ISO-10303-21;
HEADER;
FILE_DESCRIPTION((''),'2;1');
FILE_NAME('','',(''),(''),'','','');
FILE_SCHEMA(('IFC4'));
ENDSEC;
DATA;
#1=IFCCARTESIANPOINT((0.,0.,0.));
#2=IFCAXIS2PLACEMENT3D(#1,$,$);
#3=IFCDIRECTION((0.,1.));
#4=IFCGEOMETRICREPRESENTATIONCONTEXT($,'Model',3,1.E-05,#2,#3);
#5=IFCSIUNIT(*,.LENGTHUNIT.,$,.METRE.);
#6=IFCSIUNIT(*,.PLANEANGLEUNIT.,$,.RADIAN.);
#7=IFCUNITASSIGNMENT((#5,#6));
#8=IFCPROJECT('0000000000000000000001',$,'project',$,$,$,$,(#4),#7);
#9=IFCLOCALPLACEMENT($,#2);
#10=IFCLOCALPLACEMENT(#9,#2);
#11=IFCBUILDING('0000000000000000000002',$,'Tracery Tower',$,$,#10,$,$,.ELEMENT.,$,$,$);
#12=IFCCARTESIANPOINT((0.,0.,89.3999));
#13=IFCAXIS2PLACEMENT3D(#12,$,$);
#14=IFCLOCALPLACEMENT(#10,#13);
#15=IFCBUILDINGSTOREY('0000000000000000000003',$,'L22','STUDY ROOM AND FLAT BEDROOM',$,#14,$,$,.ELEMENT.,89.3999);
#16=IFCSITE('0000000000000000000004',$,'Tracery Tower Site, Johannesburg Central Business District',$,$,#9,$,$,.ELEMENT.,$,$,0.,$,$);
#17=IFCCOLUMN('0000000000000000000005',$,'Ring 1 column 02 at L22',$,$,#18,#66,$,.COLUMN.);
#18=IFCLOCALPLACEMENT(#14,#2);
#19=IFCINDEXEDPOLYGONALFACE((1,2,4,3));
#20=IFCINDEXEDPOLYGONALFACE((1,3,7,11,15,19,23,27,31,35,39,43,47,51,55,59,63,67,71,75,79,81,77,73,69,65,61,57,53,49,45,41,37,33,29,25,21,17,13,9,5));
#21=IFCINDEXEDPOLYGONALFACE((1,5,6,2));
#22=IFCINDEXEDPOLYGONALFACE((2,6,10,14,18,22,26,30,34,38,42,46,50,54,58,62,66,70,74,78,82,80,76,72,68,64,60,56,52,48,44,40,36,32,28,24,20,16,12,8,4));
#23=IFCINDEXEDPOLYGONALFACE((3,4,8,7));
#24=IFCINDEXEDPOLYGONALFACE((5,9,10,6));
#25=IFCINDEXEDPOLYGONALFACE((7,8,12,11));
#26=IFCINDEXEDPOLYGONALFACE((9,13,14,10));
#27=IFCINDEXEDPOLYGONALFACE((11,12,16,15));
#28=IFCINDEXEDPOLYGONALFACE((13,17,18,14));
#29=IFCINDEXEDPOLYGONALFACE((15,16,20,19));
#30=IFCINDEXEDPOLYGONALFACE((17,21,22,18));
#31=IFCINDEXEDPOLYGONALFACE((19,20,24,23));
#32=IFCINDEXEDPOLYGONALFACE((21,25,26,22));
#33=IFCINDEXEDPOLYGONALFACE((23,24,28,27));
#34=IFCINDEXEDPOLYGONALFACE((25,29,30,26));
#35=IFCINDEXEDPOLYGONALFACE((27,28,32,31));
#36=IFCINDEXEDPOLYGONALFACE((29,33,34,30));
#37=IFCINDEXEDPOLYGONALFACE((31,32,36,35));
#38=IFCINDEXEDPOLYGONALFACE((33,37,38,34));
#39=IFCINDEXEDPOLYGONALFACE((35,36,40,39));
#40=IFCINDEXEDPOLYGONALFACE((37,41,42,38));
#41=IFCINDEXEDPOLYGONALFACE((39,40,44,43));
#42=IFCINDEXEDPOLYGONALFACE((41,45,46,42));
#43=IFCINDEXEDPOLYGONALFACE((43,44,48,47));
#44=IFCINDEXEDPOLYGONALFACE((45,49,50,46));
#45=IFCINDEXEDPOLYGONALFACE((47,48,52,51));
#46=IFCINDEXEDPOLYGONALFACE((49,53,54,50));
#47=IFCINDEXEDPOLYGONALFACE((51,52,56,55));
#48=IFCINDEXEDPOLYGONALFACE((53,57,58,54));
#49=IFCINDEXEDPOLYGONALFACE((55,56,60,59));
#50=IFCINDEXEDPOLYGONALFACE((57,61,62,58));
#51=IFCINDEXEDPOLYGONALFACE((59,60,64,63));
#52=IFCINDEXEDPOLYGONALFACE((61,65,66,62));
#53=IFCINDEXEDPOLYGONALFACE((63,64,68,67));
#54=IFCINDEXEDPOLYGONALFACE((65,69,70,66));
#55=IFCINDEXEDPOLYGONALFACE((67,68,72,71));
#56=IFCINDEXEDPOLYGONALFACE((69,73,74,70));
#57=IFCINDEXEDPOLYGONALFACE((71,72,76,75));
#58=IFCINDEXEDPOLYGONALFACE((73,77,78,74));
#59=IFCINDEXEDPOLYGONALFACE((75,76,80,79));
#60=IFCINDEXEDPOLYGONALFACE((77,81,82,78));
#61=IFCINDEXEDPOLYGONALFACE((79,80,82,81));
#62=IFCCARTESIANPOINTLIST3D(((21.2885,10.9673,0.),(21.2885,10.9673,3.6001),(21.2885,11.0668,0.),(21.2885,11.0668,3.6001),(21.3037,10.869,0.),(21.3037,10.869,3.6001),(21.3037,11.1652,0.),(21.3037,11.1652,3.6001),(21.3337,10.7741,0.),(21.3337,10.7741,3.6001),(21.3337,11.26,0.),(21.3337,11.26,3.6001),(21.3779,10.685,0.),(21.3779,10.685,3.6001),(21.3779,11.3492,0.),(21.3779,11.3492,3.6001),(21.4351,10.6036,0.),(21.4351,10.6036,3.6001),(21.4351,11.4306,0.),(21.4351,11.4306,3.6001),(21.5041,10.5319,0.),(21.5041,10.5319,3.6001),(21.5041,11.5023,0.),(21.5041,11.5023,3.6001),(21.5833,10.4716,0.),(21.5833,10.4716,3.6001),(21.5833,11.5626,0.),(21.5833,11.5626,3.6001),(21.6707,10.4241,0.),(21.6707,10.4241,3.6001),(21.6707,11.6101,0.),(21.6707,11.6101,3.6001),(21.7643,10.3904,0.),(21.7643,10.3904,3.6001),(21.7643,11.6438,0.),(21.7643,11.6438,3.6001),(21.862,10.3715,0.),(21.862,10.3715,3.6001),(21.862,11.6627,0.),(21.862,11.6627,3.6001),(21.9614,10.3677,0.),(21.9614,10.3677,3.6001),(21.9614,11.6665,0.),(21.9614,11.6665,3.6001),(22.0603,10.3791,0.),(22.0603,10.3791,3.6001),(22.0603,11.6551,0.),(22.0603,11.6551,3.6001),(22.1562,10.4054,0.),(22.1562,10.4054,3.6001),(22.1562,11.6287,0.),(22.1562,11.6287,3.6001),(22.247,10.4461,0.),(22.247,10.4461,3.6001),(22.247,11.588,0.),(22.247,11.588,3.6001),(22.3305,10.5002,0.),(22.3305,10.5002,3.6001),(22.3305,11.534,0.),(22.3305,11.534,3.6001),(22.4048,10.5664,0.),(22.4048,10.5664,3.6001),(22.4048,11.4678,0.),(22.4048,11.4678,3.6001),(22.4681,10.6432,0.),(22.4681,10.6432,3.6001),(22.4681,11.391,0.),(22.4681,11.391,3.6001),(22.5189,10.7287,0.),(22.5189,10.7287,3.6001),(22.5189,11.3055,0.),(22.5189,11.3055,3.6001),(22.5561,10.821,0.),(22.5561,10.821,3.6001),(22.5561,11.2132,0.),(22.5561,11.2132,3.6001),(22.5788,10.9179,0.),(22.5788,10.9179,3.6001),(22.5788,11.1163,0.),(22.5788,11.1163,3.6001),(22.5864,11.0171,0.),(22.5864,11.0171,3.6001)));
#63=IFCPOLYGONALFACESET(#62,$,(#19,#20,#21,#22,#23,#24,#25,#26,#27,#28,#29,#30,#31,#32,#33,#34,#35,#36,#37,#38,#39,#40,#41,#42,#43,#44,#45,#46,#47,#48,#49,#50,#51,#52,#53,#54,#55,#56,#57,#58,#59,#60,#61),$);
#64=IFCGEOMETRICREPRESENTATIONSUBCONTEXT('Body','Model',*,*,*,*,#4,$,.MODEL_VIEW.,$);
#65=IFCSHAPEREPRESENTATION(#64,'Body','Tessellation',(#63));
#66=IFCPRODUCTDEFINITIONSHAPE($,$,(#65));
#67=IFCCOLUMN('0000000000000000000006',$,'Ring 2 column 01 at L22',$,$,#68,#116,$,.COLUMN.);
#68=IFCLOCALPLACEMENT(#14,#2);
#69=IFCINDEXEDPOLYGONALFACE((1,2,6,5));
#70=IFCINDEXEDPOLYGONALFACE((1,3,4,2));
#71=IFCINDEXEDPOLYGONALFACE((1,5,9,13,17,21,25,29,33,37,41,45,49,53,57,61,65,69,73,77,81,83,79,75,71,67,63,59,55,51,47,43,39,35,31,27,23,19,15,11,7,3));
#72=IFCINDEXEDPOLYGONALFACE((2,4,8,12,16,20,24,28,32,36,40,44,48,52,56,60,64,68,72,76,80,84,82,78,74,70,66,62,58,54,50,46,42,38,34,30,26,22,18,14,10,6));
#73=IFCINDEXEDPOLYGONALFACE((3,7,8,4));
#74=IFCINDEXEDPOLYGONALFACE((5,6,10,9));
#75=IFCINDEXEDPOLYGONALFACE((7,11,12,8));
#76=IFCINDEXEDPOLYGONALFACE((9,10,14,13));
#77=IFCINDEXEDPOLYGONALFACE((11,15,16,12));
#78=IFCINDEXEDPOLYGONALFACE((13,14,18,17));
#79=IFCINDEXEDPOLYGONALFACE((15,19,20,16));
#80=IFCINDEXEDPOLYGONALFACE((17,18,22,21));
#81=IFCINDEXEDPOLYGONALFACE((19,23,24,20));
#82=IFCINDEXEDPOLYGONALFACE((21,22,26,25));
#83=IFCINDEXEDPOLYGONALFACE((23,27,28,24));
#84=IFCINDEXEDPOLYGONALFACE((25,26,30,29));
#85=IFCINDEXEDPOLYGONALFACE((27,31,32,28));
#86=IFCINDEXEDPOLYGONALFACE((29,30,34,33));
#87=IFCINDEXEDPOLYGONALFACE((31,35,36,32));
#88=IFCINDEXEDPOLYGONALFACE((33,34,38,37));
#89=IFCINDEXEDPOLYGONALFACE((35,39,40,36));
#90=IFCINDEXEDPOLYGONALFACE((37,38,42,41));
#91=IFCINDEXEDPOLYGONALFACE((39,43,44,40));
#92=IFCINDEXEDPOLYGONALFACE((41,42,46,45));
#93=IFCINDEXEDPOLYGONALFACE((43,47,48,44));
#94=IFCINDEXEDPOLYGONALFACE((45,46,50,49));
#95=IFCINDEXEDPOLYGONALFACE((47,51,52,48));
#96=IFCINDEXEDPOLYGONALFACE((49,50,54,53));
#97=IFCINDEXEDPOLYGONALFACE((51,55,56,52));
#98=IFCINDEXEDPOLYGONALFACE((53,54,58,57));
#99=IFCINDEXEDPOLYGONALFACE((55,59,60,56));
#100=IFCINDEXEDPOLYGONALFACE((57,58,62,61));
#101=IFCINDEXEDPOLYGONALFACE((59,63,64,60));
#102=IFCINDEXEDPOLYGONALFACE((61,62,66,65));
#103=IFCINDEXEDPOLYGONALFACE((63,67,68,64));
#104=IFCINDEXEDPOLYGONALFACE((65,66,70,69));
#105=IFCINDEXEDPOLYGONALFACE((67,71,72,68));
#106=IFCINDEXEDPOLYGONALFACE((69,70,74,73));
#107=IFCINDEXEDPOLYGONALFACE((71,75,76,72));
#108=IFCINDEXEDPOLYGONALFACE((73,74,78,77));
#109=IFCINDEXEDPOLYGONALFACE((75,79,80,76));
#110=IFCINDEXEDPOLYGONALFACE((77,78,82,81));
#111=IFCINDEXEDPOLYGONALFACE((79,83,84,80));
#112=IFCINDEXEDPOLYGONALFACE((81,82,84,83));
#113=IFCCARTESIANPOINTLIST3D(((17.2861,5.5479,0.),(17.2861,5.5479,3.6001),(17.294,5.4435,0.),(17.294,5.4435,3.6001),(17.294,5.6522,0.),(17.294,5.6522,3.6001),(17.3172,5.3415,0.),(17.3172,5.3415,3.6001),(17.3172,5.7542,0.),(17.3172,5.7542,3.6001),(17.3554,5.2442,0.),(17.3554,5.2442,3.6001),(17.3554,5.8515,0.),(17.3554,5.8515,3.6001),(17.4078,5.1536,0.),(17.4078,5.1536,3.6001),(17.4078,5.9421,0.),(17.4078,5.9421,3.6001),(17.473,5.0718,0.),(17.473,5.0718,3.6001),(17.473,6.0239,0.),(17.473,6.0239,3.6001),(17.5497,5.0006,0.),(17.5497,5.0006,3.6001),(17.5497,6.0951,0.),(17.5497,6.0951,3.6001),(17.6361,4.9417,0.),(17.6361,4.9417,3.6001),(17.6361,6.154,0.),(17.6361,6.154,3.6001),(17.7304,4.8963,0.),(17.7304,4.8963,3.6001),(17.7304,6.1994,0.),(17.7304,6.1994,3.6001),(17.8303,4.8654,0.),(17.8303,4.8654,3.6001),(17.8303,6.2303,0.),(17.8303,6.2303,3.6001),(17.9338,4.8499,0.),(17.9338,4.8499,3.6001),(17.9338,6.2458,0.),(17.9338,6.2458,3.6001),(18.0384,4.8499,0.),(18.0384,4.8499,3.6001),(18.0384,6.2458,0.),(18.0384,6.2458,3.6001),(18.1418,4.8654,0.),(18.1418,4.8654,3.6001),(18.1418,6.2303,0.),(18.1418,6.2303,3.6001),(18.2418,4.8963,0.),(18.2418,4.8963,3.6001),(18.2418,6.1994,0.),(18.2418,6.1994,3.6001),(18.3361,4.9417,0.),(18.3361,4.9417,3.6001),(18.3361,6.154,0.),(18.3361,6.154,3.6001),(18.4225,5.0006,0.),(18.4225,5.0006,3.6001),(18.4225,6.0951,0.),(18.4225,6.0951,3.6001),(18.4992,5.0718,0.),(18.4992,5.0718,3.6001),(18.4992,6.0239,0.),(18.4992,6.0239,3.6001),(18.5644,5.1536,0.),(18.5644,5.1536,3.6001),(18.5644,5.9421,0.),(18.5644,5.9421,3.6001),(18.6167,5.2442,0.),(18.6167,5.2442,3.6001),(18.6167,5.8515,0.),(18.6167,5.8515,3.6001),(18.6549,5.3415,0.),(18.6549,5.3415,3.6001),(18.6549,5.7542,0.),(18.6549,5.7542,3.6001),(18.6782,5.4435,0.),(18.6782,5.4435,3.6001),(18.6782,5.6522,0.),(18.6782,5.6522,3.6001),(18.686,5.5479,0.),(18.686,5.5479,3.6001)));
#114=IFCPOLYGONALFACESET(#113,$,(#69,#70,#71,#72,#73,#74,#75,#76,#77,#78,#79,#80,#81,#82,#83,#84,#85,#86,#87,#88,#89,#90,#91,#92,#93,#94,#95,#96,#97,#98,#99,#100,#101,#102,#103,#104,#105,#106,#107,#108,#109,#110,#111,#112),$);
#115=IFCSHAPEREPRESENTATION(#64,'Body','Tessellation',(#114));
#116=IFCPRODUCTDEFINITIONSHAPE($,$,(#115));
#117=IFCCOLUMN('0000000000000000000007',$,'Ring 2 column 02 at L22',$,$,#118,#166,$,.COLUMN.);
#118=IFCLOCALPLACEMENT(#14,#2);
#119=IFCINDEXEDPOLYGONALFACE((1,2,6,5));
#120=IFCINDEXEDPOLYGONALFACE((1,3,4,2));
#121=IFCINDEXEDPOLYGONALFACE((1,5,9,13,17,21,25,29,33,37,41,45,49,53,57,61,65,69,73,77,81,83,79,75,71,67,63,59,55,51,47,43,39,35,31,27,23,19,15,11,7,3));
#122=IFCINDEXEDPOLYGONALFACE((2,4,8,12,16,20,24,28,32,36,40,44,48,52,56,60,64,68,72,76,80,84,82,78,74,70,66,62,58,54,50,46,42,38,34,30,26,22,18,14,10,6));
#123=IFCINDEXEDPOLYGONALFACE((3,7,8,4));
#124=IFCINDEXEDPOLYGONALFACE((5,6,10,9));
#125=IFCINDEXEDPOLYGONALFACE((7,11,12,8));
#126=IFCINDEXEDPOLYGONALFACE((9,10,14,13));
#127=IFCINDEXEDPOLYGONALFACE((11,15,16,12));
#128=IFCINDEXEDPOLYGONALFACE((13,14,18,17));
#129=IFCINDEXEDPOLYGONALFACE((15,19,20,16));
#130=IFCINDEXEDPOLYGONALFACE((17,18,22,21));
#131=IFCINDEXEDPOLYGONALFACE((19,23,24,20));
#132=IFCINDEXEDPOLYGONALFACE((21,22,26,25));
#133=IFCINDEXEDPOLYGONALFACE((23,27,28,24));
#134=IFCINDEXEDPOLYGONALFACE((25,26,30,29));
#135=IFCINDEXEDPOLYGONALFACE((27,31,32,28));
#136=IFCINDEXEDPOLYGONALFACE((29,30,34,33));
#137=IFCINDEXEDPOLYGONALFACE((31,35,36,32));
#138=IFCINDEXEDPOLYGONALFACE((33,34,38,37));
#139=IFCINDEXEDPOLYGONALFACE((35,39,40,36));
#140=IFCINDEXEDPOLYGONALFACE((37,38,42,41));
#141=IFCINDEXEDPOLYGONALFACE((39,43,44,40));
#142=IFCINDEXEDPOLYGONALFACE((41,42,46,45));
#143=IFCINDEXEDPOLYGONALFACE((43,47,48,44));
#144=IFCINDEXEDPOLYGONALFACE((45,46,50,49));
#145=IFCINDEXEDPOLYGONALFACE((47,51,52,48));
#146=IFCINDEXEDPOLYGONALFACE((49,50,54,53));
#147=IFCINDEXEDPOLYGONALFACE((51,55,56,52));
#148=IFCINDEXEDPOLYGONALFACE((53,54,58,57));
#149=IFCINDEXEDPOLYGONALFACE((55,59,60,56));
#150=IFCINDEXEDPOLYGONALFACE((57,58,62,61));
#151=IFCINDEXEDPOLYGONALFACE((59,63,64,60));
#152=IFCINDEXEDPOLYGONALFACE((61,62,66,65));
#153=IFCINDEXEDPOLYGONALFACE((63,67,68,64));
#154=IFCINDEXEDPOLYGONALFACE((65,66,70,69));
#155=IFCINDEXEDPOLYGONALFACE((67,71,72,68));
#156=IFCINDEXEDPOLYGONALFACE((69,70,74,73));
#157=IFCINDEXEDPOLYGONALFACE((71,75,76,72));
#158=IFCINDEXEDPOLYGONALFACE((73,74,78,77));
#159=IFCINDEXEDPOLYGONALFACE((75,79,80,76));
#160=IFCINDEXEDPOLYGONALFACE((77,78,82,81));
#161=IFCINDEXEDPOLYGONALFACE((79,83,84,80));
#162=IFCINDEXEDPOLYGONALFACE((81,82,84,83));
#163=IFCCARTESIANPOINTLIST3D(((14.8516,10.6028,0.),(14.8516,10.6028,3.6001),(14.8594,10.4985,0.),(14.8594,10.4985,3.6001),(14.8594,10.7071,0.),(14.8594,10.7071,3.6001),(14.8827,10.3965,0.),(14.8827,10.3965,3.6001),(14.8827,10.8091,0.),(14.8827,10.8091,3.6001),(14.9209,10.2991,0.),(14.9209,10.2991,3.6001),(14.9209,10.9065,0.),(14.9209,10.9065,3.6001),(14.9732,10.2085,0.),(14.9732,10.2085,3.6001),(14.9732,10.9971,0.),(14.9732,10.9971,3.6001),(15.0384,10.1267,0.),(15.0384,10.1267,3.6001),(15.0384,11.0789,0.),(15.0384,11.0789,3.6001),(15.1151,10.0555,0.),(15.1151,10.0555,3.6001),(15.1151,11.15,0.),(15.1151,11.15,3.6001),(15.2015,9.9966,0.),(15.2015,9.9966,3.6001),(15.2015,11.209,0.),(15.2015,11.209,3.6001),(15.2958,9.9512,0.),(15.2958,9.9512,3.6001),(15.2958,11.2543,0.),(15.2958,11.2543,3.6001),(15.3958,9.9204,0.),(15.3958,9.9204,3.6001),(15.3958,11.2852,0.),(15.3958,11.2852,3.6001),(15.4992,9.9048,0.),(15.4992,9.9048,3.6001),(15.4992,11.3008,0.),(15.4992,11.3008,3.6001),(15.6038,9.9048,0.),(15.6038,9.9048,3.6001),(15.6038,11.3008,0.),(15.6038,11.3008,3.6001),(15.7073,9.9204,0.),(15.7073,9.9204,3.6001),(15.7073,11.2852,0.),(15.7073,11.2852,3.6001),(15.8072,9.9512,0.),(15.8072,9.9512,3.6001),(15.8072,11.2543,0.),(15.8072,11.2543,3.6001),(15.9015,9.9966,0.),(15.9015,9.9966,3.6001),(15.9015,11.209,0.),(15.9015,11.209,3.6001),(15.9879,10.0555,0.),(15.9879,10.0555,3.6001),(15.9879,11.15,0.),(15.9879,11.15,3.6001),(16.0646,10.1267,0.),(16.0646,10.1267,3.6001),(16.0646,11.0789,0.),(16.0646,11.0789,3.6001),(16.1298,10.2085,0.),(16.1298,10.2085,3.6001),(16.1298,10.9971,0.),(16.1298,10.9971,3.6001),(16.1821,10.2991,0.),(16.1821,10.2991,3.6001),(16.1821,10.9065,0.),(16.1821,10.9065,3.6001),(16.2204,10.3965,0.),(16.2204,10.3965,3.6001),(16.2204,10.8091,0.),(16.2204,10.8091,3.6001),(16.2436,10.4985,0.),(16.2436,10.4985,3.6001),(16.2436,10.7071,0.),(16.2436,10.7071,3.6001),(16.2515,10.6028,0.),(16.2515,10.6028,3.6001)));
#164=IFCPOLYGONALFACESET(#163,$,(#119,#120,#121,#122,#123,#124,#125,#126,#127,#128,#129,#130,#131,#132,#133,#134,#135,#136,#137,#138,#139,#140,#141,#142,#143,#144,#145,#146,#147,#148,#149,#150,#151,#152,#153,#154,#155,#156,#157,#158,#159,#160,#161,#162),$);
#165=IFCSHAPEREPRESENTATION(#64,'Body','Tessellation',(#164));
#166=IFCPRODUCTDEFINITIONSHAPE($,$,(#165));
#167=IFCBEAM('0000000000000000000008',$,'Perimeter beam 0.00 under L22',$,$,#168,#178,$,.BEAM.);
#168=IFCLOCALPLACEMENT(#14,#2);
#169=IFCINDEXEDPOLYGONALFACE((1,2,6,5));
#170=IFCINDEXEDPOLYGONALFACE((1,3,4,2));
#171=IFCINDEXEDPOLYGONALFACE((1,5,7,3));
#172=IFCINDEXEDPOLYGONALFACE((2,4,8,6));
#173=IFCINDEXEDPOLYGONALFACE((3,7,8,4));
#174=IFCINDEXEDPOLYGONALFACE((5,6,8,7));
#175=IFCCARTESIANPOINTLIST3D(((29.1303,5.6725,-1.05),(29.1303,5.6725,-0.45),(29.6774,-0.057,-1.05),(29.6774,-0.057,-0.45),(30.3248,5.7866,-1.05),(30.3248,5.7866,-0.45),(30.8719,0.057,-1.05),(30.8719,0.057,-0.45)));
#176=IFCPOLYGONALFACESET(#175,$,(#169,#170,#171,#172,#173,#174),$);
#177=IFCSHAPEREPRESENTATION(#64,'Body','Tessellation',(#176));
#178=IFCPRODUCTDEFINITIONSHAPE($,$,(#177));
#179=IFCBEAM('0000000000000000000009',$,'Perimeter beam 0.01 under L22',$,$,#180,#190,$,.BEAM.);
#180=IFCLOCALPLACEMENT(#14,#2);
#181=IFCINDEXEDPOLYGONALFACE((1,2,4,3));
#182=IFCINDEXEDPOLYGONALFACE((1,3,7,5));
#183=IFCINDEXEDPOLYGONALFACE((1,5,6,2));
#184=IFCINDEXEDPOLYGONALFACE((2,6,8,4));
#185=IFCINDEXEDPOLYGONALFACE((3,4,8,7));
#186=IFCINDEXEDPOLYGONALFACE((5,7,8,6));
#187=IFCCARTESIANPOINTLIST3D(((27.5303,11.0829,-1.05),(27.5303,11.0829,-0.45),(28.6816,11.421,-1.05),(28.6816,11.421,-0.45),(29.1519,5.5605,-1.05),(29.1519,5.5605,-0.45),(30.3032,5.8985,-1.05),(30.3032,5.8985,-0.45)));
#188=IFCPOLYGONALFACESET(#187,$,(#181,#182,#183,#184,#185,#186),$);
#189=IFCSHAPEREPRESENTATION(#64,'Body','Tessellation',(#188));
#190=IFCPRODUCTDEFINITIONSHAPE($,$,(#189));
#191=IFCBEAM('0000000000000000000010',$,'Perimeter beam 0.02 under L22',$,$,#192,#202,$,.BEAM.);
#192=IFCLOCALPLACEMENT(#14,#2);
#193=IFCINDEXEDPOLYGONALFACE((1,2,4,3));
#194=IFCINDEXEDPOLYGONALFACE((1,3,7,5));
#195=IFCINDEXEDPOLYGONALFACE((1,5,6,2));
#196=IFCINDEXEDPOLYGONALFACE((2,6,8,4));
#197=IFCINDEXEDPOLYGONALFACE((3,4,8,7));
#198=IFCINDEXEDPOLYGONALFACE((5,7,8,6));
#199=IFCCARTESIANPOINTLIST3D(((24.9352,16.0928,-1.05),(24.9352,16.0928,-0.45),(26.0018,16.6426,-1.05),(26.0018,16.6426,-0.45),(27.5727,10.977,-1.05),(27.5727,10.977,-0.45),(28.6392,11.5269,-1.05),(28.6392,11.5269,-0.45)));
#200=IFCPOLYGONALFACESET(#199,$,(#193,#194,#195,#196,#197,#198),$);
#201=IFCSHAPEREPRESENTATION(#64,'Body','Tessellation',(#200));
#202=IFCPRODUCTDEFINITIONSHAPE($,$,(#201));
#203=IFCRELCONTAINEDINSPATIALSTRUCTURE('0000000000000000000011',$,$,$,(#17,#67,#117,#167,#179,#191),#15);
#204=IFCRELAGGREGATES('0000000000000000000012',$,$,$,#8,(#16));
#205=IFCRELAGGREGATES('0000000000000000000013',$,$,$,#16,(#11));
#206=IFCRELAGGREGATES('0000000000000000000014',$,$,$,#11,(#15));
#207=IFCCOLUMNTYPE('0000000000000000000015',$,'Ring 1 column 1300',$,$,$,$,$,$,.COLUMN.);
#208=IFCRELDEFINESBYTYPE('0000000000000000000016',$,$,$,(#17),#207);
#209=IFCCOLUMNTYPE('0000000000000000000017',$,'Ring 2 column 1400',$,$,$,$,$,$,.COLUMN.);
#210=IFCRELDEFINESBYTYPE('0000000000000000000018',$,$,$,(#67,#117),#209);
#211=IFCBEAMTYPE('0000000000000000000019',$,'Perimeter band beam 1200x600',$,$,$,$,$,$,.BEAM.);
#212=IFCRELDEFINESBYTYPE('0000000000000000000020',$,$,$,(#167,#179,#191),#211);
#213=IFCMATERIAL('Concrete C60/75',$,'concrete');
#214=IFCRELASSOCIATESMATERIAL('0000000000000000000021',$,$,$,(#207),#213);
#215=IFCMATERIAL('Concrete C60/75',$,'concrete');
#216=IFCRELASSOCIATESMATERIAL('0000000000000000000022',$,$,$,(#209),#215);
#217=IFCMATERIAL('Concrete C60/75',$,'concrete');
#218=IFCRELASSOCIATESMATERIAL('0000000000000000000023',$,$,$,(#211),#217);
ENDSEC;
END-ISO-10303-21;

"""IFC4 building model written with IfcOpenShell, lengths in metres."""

from ifc_helpers import new_model, si_unit, direction, frame, origin, origin_2d, place, context, subcontext, project, spatial, rectangle, circle, extrude, material, material_profile, profile_set, type_object, element, save


model = new_model("IFC4")

# Units and contexts
model_context = context("Model", 3, precision=1e-05, world=origin(), true_north=direction((0.0, 1.0)))
body_context = subcontext(model_context, "Body", "Model", "MODEL_VIEW")
ifc_project = project(units=[si_unit("LENGTHUNIT", "METRE"), si_unit("PLANEANGLEUNIT", "RADIAN")], contexts=[model_context])

# Site, building, storey
site_placement = place(None, origin())
site = spatial("IfcSite", under=ifc_project, at=site_placement, Name="Tracery Tower Site, Johannesburg Central Business District", CompositionType="ELEMENT", RefElevation=0.0)
building_placement = place(site_placement, origin())
building = spatial("IfcBuilding", under=site, at=building_placement, Name="Tracery Tower", CompositionType="ELEMENT")
storey_placement = place(building_placement, frame((0.0, 0.0, 89.3999)))
storey = spatial("IfcBuildingStorey", under=building, at=storey_placement, Name="L22", Description="STUDY ROOM AND FLAT BEDROOM", CompositionType="ELEMENT", Elevation=89.3999)

# Columns
ifc_material_1 = material(Name="Concrete C60/75", Category="concrete")
ifc_material_profile_1 = material_profile(ifc_material_1, circle(Radius=0.6499, at=origin_2d()), Name="RC D1300")
ifc_profile_set_1 = profile_set([ifc_material_profile_1], Name="Concrete C60/75")
column_type_1 = type_object("IfcColumnType", Name="Ring 1 column 1300", PredefinedType="COLUMN", material=ifc_profile_set_1)
for number, where, z_axis, x_axis, name in (
    (1, (21.9365, 11.0171, 0.0), (0.0, 0.0, 1.0), (1.0, 0.0, 0.0), "Ring 1 column 02 at L22"),
):
    element("IfcColumn", number, at=place(storey_placement, frame(where, z_axis=z_axis, x_axis=x_axis)), inside=storey, type_object=column_type_1, Name=name, PredefinedType="COLUMN", context=body_context, shape_type="SweptSolid", body=[
        extrude(circle(Radius=0.6499, at=origin_2d()), origin(), (0.0, 0.0, 1.0), 3.6001),
    ])
ifc_material_2 = material(Name="Concrete C60/75", Category="concrete")
ifc_material_profile_2 = material_profile(ifc_material_2, circle(Radius=0.7, at=origin_2d()), Name="RC D1400")
ifc_profile_set_2 = profile_set([ifc_material_profile_2], Name="Concrete C60/75")
column_type_2 = type_object("IfcColumnType", Name="Ring 2 column 1400", PredefinedType="COLUMN", material=ifc_profile_set_2)
for number, where, z_axis, x_axis, name in (
    (2, (17.9861, 5.5479, 0.0), (0.0, 0.0, 1.0), (1.0, 0.0, 0.0), "Ring 2 column 01 at L22"),
    (3, (15.5515, 10.6028, 0.0), (0.0, 0.0, 1.0), (1.0, 0.0, 0.0), "Ring 2 column 02 at L22"),
):
    element("IfcColumn", number, at=place(storey_placement, frame(where, z_axis=z_axis, x_axis=x_axis)), inside=storey, type_object=column_type_2, Name=name, PredefinedType="COLUMN", context=body_context, shape_type="SweptSolid", body=[
        extrude(circle(Radius=0.7, at=origin_2d()), origin(), (0.0, 0.0, 1.0), 3.6001),
    ])

# Beams
ifc_material_3 = material(Name="Concrete C60/75", Category="concrete")
ifc_material_profile_3 = material_profile(ifc_material_3, rectangle(XDim=1.2, YDim=0.6001, at=origin_2d()), Name="RC 1200x600")
ifc_profile_set_3 = profile_set([ifc_material_profile_3], Name="Concrete C60/75")
beam_type = type_object("IfcBeamType", Name="Perimeter band beam 1200x600", PredefinedType="BEAM", material=ifc_profile_set_3)
for number, where, z_axis, x_axis, name in (
    (4, (30.2747, 0.0, -0.75), (-0.095059, 0.995472, 0.0), (-0.995472, -0.095059, 0.0), "Perimeter beam 0.00 under L22"),
    (5, (29.7275, 5.7295, -0.75), (-0.281739, 0.959491, 0.0), (-0.959491, -0.281739, 0.0), "Perimeter beam 0.01 under L22"),
    (6, (28.106, 11.252, -0.75), (-0.458242, 0.888827, 0.0), (-0.888827, -0.458242, 0.0), "Perimeter beam 0.02 under L22"),
):
    element("IfcBeam", number, at=place(storey_placement, frame(where, z_axis=z_axis, x_axis=x_axis)), inside=storey, type_object=beam_type, Name=name, PredefinedType="BEAM", context=body_context, shape_type="SweptSolid", body=[
        extrude(rectangle(XDim=1.2, YDim=0.6001, at=origin_2d()), origin(), (0.0, 0.0, 1.0), 5.7556),
    ])

save(model, "model.ifc")
